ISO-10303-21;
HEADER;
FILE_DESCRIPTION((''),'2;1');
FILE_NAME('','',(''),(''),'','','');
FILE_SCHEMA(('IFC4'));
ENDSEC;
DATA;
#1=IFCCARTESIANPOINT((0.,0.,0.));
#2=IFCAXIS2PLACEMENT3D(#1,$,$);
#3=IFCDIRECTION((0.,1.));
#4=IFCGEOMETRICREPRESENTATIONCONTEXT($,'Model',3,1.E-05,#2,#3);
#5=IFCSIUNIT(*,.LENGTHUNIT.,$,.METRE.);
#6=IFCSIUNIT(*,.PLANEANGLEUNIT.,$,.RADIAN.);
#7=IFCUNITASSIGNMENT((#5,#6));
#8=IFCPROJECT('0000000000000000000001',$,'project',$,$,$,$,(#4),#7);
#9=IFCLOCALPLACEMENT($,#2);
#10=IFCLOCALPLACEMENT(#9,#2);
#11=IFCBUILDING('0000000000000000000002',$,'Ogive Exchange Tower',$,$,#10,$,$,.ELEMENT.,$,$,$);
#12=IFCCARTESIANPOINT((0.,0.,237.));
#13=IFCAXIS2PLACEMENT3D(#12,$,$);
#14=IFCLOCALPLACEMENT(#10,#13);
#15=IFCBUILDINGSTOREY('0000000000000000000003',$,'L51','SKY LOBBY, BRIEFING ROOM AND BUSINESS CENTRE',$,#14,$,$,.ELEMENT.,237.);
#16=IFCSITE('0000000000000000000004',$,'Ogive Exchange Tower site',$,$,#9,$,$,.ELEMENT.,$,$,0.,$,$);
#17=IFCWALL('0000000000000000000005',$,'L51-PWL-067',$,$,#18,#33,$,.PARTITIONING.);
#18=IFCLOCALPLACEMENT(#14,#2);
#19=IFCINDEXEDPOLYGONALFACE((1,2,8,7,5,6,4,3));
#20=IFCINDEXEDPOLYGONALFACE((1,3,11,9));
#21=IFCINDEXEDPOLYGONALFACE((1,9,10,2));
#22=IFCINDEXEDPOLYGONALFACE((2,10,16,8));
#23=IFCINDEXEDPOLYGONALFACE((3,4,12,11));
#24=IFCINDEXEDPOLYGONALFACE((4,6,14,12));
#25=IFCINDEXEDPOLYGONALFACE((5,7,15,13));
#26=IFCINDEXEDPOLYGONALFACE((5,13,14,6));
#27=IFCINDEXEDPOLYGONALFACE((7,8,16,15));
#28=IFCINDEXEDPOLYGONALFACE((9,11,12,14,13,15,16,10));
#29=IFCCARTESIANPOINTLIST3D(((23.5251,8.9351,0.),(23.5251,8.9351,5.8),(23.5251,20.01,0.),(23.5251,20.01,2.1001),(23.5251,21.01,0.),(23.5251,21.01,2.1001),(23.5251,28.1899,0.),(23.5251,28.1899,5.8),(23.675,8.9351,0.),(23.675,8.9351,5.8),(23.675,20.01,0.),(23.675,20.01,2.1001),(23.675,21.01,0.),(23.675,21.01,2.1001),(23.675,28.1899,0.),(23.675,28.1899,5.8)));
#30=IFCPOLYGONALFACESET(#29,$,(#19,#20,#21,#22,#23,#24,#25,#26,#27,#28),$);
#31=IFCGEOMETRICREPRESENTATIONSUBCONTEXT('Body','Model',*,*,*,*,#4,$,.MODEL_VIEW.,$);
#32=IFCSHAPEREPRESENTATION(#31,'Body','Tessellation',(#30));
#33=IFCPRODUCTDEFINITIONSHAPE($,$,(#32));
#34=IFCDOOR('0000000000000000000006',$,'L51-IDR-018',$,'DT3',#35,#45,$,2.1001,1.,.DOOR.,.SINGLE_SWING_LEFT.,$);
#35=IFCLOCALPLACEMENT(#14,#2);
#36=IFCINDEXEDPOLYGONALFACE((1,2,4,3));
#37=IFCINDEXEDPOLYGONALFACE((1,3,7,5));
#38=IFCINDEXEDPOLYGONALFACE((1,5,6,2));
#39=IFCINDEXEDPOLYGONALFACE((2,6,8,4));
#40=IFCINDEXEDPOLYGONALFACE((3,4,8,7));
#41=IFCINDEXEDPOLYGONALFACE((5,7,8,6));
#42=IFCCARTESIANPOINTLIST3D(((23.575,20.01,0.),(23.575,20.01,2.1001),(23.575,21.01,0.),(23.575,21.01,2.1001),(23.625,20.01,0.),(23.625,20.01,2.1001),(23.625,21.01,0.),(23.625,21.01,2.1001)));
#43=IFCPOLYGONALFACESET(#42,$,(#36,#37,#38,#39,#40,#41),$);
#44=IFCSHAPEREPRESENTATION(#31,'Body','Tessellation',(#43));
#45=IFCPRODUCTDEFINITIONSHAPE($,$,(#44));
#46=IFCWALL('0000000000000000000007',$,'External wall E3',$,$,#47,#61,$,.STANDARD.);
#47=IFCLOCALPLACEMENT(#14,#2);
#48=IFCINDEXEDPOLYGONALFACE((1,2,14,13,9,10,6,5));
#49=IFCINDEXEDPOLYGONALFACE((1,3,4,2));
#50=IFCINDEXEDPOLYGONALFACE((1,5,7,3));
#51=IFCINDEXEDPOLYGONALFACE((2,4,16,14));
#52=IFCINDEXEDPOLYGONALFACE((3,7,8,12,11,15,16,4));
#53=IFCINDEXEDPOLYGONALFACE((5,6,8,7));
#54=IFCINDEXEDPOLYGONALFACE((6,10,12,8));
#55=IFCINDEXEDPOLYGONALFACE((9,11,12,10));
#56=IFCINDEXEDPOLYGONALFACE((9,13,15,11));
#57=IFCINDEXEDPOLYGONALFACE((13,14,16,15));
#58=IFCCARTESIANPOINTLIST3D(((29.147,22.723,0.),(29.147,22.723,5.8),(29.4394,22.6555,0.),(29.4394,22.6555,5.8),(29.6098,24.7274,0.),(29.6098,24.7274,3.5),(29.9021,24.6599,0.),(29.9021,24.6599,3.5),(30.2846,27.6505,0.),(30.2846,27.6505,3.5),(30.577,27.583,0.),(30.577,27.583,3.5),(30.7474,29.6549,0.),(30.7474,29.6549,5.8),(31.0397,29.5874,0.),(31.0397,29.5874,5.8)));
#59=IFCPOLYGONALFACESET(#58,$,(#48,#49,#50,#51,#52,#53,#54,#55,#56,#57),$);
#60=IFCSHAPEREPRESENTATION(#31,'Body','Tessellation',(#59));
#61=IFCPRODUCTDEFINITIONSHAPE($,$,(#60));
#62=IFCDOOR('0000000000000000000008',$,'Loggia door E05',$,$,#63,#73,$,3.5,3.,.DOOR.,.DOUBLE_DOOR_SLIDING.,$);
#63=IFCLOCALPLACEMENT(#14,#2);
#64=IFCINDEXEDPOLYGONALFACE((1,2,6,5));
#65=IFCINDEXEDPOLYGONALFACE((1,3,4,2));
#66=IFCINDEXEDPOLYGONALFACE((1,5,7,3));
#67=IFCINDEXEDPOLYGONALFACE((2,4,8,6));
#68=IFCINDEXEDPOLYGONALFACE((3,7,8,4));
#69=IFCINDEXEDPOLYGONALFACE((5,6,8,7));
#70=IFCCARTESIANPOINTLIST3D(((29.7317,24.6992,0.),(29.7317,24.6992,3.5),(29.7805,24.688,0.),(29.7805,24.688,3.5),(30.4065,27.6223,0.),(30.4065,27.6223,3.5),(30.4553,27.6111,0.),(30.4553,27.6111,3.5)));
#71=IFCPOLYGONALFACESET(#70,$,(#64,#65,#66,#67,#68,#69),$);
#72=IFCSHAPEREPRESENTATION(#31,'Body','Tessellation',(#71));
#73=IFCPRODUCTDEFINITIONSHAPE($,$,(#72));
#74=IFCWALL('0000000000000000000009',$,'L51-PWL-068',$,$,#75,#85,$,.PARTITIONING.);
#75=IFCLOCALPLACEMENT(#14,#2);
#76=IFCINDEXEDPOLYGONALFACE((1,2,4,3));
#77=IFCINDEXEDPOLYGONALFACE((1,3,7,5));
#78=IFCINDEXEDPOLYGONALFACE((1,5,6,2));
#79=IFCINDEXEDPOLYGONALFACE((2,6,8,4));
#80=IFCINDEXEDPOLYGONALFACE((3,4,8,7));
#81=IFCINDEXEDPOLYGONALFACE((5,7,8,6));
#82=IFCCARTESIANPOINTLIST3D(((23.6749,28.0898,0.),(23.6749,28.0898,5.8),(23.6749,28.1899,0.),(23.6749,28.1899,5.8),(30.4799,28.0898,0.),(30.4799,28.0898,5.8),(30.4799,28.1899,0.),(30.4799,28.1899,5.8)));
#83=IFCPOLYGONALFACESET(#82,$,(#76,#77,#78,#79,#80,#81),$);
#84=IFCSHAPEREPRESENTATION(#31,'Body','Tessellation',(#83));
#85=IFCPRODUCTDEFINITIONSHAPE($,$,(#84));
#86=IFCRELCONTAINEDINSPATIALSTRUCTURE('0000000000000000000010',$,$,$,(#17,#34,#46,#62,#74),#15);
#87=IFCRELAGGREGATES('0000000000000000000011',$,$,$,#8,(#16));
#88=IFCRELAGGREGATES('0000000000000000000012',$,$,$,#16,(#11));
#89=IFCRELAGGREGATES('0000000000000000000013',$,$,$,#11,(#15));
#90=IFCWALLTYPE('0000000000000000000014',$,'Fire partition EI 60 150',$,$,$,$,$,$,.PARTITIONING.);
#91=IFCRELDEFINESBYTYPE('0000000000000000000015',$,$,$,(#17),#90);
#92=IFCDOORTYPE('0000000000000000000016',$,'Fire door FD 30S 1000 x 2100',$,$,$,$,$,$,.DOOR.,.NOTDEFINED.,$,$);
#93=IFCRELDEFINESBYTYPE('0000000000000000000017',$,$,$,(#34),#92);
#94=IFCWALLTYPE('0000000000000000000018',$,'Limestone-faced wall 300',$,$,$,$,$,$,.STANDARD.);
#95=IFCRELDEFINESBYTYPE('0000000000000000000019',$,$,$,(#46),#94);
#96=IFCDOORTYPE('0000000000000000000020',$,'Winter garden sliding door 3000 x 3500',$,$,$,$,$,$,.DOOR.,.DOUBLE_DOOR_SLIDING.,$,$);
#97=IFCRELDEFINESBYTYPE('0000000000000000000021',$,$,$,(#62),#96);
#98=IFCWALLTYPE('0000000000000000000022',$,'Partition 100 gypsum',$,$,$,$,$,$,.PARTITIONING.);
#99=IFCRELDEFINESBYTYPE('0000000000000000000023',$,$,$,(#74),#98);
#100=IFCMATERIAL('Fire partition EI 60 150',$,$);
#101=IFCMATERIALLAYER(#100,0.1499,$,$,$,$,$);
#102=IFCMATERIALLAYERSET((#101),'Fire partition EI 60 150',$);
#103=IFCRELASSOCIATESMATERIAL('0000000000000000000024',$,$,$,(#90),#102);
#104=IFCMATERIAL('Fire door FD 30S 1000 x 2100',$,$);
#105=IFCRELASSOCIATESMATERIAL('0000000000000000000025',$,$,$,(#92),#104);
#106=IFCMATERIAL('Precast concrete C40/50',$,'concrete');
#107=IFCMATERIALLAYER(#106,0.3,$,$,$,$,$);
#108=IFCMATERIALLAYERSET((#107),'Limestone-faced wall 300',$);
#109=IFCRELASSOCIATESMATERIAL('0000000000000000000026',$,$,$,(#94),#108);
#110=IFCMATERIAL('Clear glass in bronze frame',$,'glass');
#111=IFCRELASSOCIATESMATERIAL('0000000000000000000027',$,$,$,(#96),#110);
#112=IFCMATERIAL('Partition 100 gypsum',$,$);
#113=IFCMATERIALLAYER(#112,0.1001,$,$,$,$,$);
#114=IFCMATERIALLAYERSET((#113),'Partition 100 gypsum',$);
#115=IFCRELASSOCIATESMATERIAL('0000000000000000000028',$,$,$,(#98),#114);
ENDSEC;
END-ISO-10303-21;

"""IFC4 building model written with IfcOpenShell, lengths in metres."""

from ifc_helpers import new_model, si_unit, direction, frame, frame_2d, origin, place, context, subcontext, project, spatial, rectangle, extrude, material, layer, layer_set, type_object, element, fill, save


model = new_model("IFC4")

# Units and contexts
model_context = context("Model", 3, precision=1e-05, world=origin(), true_north=direction((0.0, 1.0)))
body_context = subcontext(model_context, "Body", "Model", "MODEL_VIEW")
ifc_project = project(units=[si_unit("LENGTHUNIT", "METRE"), si_unit("PLANEANGLEUNIT", "RADIAN")], contexts=[model_context])

# Site, building, storey
site_placement = place(None, origin())
site = spatial("IfcSite", under=ifc_project, at=site_placement, Name="Ogive Exchange Tower site", CompositionType="ELEMENT", RefElevation=0.0)
building_placement = place(site_placement, origin())
building = spatial("IfcBuilding", under=site, at=building_placement, Name="Ogive Exchange Tower", CompositionType="ELEMENT")
storey_placement = place(building_placement, frame((0.0, 0.0, 237.0)))
storey = spatial("IfcBuildingStorey", under=building, at=storey_placement, Name="L51", Description="SKY LOBBY, BRIEFING ROOM AND BUSINESS CENTRE", CompositionType="ELEMENT", Elevation=237.0)

# Walls, openings, doors
ifc_material_1 = material(Name="Fire partition EI 60 150")
ifc_layer_1 = layer(ifc_material_1, 0.1499)
ifc_layer_set_1 = layer_set([ifc_layer_1], Name="Fire partition EI 60 150")
wall_type_1 = type_object("IfcWallType", Name="Fire partition EI 60 150", PredefinedType="PARTITIONING", material=ifc_layer_set_1)
wall_1_placement = place(storey_placement, frame((23.6001, 28.1899, 0.0), z_axis=(0.0, 0.0, 1.0), x_axis=(0.0, -1.0, 0.0)))
wall_1 = element("IfcWall", 1, at=wall_1_placement, inside=storey, type_object=wall_type_1, Name="L51-PWL-067", PredefinedType="PARTITIONING", context=body_context, shape_type="SweptSolid", body=[
    extrude(rectangle(XDim=19.2549, YDim=0.1499, at=frame_2d((9.6274, 0.0))), origin(), (0.0, 0.0, 1.0), 5.8),
])
opening_1_placement = place(wall_1_placement, frame((7.1799, 0.0, 0.0)))
opening_1 = element("IfcOpeningElement", 2, at=opening_1_placement, cuts=wall_1, PredefinedType="OPENING", context=body_context, shape_type="SweptSolid", body=[
    extrude(rectangle(XDim=1.0, YDim=2.1001, at=frame_2d((0.5, 1.05))), frame((0.0, 0.085, 0.0), z_axis=(0.0, -1.0, 0.0), x_axis=(1.0, 0.0, 0.0)), (0.0, 0.0, 1.0), 0.1699),
])
ifc_material_2 = material(Name="Fire door FD 30S 1000 x 2100")
door_type_1 = type_object("IfcDoorType", Name="Fire door FD 30S 1000 x 2100", OperationType="NOTDEFINED", PredefinedType="DOOR", material=ifc_material_2)
door_1_placement = place(opening_1_placement, origin())
door_1 = element("IfcDoor", 3, at=door_1_placement, inside=storey, type_object=door_type_1, Name="L51-IDR-018", ObjectType="DT3", OperationType="SINGLE_SWING_LEFT", OverallHeight=2.1001, OverallWidth=1.0, PredefinedType="DOOR", context=body_context, shape_type="SweptSolid", body=[
    extrude(rectangle(XDim=1.0, YDim=2.1001, at=frame_2d((0.5, 1.05))), frame((0.0, 0.0249, 0.0), z_axis=(0.0, -1.0, 0.0), x_axis=(1.0, 0.0, 0.0)), (0.0, 0.0, 1.0), 0.05),
])
fill(opening_1, door_1)
ifc_material_3 = material(Name="Precast concrete C40/50", Category="concrete")
ifc_layer_2 = layer(ifc_material_3, 0.3)
ifc_layer_set_2 = layer_set([ifc_layer_2], Name="Limestone-faced wall 300")
wall_type_2 = type_object("IfcWallType", Name="Limestone-faced wall 300", PredefinedType="STANDARD", material=ifc_layer_set_2)
wall_2_placement = place(storey_placement, frame((29.2932, 22.6892, 0.0), z_axis=(0.0, 0.0, 1.0), x_axis=(0.22495, 0.97437, 0.0)))
wall_2 = element("IfcWall", 4, at=wall_2_placement, inside=storey, type_object=wall_type_2, Name="External wall E3", PredefinedType="STANDARD", context=body_context, shape_type="SweptSolid", body=[
    extrude(rectangle(XDim=7.1143, YDim=0.3, at=frame_2d((3.5571, 0.0))), origin(), (0.0, 0.0, 1.0), 5.8),
])
opening_2_placement = place(wall_2_placement, frame((2.0571, 0.0, 0.0)))
opening_2 = element("IfcOpeningElement", 5, at=opening_2_placement, cuts=wall_2, PredefinedType="OPENING", context=body_context, shape_type="SweptSolid", body=[
    extrude(rectangle(XDim=3.0, YDim=3.5, at=frame_2d((1.5, 1.75))), frame((0.0, 0.1599, 0.0), z_axis=(0.0, -1.0, 0.0), x_axis=(1.0, 0.0, 0.0)), (0.0, 0.0, 1.0), 0.3201),
])
ifc_material_4 = material(Name="Clear glass in bronze frame", Category="glass")
door_type_2 = type_object("IfcDoorType", Name="Winter garden sliding door 3000 x 3500", OperationType="DOUBLE_DOOR_SLIDING", PredefinedType="DOOR", material=ifc_material_4)
door_2_placement = place(opening_2_placement, origin())
door_2 = element("IfcDoor", 6, at=door_2_placement, inside=storey, type_object=door_type_2, Name="Loggia door E05", OperationType="DOUBLE_DOOR_SLIDING", OverallHeight=3.5, OverallWidth=3.0, PredefinedType="DOOR", context=body_context, shape_type="SweptSolid", body=[
    extrude(rectangle(XDim=3.0, YDim=3.5, at=frame_2d((1.5, 1.75))), frame((0.0, 0.0249, 0.0), z_axis=(0.0, -1.0, 0.0), x_axis=(1.0, 0.0, 0.0)), (0.0, 0.0, 1.0), 0.05),
])
fill(opening_2, door_2)

# Wall
ifc_material_5 = material(Name="Partition 100 gypsum")
ifc_layer_3 = layer(ifc_material_5, 0.1001)
ifc_layer_set_3 = layer_set([ifc_layer_3], Name="Partition 100 gypsum")
wall_type_3 = type_object("IfcWallType", Name="Partition 100 gypsum", PredefinedType="PARTITIONING", material=ifc_layer_set_3)
wall_3_placement = place(storey_placement, frame((23.675, 28.1399, 0.0), z_axis=(0.0, 0.0, 1.0), x_axis=(1.0, 0.0, 0.0)))
element("IfcWall", 7, at=wall_3_placement, inside=storey, type_object=wall_type_3, Name="L51-PWL-068", PredefinedType="PARTITIONING", context=body_context, shape_type="SweptSolid", body=[
    extrude(rectangle(XDim=6.8049, YDim=0.1001, at=frame_2d((3.4023, 0.0))), origin(), (0.0, 0.0, 1.0), 5.8),
])

save(model, "model.ifc")
